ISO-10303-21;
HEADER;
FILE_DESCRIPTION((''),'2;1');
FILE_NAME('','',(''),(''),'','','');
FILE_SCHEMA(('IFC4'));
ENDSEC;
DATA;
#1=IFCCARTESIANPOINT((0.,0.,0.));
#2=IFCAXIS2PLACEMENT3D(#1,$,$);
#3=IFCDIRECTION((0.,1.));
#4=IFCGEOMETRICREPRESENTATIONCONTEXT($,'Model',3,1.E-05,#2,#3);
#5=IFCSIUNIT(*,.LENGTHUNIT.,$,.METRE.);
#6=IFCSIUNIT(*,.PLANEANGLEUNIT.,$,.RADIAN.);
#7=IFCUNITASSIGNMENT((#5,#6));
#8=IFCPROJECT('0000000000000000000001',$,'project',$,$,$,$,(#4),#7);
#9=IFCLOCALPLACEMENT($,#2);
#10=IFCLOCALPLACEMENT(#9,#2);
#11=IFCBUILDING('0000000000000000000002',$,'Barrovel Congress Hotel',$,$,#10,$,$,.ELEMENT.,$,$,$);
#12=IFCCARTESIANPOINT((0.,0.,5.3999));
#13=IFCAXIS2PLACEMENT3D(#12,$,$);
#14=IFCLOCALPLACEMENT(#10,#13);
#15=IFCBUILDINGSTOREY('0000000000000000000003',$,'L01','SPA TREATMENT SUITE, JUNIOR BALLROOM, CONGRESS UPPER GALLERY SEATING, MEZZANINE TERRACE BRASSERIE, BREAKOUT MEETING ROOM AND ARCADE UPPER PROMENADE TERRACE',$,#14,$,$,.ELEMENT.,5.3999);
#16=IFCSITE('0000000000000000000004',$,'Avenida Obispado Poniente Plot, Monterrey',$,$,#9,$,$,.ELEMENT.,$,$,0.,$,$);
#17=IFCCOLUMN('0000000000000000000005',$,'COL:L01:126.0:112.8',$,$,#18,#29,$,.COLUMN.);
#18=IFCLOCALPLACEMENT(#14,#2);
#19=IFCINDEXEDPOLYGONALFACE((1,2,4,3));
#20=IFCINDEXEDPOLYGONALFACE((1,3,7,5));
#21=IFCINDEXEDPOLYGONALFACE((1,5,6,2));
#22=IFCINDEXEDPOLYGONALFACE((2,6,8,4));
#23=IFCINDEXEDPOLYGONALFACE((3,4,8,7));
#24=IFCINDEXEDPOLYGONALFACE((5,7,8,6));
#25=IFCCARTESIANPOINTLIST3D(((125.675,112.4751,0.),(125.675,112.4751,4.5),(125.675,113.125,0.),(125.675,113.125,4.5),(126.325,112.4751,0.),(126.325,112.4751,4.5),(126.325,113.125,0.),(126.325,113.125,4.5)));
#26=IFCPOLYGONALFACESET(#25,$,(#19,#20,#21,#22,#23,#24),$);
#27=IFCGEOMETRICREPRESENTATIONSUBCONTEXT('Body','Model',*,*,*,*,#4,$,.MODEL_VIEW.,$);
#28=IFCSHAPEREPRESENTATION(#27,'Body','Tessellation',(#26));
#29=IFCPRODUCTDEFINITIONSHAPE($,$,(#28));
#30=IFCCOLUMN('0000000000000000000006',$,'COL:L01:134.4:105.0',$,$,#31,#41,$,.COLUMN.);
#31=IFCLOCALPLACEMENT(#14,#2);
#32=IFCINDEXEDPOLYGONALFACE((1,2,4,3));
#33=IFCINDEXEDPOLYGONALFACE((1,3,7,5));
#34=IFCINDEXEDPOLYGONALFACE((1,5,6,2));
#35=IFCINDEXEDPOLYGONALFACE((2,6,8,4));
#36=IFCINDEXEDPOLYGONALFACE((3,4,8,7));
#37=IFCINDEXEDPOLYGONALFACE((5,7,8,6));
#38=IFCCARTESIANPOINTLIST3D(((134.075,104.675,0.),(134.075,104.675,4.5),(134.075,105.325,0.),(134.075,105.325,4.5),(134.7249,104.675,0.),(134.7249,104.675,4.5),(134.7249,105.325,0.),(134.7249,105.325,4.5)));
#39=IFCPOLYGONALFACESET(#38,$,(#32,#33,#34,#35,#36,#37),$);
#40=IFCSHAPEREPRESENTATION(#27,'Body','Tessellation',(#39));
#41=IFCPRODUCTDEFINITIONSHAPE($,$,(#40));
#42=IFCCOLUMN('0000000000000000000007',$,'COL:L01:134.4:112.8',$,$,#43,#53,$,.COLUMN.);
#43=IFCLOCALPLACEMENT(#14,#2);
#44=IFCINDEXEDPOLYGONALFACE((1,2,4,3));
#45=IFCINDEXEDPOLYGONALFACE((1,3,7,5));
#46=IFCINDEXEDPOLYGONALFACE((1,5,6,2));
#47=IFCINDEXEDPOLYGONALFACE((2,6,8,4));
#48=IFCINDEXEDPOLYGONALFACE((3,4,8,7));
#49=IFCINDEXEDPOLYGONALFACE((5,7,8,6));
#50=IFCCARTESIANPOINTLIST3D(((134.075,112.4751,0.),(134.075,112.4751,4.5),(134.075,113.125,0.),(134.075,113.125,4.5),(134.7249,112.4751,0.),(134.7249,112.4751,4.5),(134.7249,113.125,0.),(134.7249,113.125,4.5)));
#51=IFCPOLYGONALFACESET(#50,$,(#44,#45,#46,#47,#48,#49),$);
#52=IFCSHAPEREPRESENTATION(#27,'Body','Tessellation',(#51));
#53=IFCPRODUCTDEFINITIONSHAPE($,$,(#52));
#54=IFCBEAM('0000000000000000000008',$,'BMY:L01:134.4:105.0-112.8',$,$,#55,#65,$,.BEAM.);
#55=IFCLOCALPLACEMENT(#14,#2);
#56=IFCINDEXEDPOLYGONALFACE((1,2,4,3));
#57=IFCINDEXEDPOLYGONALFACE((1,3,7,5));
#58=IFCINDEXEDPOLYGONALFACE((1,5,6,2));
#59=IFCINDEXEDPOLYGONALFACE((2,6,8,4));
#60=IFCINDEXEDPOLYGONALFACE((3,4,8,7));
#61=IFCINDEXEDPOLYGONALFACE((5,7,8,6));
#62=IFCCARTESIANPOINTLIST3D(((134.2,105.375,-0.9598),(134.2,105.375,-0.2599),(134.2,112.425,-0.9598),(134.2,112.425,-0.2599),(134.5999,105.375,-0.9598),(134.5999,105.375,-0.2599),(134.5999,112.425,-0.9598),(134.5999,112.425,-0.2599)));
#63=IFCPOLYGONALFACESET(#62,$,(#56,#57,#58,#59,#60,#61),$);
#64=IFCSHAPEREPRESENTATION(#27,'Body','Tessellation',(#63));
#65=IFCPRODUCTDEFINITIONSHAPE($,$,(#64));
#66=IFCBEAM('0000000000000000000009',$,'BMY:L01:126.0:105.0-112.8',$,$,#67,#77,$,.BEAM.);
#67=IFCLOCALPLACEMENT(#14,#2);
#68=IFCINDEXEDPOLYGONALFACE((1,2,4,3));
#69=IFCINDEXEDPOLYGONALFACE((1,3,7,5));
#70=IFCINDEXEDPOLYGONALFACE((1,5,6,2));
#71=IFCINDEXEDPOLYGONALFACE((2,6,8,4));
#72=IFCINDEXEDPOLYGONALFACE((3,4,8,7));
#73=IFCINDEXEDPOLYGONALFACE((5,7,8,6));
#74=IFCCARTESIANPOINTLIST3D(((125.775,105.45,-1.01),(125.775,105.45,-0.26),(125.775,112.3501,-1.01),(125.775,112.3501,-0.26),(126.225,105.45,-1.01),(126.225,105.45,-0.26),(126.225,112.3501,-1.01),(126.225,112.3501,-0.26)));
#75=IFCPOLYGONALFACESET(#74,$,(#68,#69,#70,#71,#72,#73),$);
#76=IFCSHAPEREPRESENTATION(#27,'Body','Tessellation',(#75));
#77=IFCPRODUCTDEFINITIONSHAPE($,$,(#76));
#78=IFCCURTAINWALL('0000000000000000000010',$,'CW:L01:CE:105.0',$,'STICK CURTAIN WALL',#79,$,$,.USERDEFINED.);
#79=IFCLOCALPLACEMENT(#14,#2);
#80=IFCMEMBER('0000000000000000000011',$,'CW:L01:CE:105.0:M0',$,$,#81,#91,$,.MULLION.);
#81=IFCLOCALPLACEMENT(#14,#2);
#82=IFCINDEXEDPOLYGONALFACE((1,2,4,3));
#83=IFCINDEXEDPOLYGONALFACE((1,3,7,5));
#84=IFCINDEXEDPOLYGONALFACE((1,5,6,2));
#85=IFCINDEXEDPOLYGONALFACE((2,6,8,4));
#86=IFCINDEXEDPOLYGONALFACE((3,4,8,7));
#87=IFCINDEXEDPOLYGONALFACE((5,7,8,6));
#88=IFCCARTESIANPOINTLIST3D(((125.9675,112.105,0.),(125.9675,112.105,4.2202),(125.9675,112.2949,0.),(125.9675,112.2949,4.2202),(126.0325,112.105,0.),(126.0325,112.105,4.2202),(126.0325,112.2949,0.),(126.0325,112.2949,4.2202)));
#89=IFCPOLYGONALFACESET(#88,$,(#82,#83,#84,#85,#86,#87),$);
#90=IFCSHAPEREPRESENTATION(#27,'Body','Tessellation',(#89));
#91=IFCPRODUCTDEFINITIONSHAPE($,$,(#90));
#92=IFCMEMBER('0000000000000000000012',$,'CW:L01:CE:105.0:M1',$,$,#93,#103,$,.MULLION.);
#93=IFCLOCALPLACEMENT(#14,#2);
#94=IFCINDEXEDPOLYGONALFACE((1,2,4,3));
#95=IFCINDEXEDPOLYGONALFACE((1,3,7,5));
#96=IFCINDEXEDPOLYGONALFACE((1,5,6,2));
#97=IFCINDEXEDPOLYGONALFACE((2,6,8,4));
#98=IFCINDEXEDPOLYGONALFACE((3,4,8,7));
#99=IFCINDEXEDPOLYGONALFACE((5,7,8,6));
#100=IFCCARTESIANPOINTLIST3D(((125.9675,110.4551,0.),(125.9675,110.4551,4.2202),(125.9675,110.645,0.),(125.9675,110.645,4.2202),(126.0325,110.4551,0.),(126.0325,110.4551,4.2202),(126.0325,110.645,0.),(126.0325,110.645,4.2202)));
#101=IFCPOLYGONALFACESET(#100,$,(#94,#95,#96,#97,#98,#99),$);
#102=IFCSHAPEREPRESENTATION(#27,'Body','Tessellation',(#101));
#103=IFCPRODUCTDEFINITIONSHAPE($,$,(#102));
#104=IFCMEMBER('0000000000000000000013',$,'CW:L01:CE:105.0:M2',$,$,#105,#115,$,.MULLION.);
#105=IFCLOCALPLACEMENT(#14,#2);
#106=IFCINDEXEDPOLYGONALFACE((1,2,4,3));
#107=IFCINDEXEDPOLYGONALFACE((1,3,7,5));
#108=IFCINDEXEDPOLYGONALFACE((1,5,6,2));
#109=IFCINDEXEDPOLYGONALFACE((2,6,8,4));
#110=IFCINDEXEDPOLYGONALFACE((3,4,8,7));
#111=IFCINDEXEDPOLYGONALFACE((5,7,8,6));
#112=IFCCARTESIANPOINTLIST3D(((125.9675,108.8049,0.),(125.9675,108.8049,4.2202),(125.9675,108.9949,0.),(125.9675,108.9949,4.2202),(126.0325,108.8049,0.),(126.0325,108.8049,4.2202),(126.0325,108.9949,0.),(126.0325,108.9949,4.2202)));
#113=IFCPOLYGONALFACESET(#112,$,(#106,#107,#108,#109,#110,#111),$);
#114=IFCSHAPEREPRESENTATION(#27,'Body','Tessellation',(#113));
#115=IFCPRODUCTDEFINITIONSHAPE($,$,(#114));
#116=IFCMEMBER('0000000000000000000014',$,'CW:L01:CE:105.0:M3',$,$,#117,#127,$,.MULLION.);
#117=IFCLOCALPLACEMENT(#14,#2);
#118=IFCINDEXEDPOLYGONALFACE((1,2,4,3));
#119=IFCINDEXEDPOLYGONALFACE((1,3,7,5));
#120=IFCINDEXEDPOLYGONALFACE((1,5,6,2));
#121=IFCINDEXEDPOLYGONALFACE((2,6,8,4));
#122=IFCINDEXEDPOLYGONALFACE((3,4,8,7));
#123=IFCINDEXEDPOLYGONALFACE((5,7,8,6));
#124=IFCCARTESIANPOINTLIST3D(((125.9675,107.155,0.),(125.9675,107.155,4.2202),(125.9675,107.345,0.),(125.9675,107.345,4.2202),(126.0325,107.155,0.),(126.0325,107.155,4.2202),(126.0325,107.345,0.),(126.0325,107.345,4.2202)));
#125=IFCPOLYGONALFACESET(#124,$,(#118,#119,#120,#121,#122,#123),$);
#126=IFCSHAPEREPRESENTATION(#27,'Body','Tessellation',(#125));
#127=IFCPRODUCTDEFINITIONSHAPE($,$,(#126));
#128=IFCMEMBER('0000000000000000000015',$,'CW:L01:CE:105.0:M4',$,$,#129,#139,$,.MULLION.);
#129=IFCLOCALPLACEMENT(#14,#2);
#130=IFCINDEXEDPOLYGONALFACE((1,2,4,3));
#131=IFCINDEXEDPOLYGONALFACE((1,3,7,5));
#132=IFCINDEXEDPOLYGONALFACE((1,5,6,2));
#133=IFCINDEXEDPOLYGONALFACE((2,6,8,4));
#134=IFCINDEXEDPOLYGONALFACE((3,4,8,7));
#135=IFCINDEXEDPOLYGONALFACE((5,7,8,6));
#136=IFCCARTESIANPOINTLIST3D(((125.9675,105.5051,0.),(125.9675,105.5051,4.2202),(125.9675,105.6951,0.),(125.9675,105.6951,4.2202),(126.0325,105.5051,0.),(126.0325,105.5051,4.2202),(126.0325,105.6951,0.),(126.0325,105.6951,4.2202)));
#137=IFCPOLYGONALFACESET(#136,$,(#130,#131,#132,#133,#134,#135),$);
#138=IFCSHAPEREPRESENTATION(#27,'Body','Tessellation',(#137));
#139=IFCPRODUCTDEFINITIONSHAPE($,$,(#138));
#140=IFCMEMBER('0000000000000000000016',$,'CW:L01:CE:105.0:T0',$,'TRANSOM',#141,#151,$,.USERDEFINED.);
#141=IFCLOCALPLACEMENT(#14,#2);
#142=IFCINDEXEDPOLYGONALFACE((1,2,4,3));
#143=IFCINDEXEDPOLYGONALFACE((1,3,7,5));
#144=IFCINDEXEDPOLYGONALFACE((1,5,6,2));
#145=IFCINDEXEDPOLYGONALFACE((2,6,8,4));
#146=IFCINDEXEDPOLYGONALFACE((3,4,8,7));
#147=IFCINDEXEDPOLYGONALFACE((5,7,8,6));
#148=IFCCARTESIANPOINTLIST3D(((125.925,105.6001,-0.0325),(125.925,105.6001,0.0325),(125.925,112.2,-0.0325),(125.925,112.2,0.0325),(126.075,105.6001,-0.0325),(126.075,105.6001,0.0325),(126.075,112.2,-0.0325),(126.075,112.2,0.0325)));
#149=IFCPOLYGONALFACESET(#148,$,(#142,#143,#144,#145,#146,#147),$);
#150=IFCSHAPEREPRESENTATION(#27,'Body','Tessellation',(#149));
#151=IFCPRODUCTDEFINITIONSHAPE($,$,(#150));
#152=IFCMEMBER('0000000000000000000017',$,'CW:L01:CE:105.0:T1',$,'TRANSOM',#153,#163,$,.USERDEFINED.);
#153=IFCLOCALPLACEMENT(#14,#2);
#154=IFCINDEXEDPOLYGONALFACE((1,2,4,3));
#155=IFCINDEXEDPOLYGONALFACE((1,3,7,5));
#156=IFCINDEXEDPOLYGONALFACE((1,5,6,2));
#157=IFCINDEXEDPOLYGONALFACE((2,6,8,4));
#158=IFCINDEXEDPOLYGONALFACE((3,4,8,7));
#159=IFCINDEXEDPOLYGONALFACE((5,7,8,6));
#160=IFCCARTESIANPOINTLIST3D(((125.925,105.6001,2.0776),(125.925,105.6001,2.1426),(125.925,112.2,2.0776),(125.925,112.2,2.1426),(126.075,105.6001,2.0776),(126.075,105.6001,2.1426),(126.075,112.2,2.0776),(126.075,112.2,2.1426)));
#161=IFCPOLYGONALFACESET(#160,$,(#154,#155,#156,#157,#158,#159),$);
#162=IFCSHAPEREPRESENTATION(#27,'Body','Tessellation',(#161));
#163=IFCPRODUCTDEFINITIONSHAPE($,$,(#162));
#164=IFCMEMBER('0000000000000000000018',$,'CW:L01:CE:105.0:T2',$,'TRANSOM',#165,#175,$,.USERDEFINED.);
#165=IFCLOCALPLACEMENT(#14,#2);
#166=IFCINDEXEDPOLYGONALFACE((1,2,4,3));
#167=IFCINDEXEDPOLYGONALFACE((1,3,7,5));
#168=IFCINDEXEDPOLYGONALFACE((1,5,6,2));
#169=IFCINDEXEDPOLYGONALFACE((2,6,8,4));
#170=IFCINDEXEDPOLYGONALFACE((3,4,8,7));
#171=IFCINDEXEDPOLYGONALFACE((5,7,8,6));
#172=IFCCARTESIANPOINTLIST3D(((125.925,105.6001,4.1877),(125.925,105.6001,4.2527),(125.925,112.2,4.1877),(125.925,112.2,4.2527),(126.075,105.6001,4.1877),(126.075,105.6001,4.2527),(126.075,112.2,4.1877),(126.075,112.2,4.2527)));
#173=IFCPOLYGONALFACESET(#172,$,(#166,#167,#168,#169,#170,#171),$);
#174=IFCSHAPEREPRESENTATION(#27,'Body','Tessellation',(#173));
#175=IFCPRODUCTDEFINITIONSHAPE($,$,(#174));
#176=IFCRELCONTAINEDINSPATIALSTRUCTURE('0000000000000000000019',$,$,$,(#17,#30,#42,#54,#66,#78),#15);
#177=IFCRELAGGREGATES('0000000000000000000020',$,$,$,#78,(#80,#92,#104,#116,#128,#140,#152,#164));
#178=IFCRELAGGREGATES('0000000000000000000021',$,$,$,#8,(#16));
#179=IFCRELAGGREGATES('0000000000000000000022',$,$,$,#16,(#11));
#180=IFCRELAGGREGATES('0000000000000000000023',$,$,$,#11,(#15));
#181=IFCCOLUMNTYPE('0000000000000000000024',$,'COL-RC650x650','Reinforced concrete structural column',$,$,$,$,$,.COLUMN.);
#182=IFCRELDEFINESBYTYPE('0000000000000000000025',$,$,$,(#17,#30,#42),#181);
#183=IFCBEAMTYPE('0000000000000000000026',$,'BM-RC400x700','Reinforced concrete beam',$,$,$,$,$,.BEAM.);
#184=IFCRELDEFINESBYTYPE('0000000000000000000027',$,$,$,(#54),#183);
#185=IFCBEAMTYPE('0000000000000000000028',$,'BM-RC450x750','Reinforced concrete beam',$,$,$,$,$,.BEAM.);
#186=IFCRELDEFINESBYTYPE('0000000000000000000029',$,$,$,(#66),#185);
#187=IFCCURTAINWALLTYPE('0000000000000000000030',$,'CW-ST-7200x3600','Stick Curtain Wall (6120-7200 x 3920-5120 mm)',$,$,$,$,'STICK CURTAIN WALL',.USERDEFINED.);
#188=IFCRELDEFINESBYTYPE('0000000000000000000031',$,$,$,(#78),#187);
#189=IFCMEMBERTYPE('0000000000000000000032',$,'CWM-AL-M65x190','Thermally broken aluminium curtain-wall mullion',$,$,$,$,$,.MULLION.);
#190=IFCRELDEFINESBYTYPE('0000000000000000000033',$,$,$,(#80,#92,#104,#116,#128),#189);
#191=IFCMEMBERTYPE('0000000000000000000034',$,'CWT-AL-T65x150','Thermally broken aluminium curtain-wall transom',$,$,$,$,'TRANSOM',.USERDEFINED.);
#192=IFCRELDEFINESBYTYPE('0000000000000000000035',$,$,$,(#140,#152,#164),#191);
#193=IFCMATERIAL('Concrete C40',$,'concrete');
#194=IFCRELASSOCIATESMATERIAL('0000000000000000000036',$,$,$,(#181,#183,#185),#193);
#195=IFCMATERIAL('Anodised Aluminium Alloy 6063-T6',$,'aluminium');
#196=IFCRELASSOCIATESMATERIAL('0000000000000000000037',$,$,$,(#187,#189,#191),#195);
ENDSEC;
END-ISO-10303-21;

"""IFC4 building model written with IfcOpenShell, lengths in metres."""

from ifc_helpers import new_model, si_unit, direction, frame, origin, origin_2d, place, context, subcontext, project, spatial, rectangle, extrude, material, material_profile, profile_set, type_object, element, aggregate, save


model = new_model("IFC4")

# Units and contexts
model_context = context("Model", 3, precision=1e-05, world=origin(), true_north=direction((0.0, 1.0)))
body_context = subcontext(model_context, "Body", "Model", "MODEL_VIEW")
ifc_project = project(units=[si_unit("LENGTHUNIT", "METRE"), si_unit("PLANEANGLEUNIT", "RADIAN")], contexts=[model_context])

# Site, building, storey
site_placement = place(None, origin())
site = spatial("IfcSite", under=ifc_project, at=site_placement, Name="Avenida Obispado Poniente Plot, Monterrey", CompositionType="ELEMENT", RefElevation=0.0)
building_placement = place(site_placement, origin())
building = spatial("IfcBuilding", under=site, at=building_placement, Name="Barrovel Congress Hotel", CompositionType="ELEMENT")
storey_placement = place(building_placement, frame((0.0, 0.0, 5.3999)))
storey = spatial("IfcBuildingStorey", under=building, at=storey_placement, Name="L01", Description="SPA TREATMENT SUITE, JUNIOR BALLROOM, CONGRESS UPPER GALLERY SEATING, MEZZANINE TERRACE BRASSERIE, BREAKOUT MEETING ROOM AND ARCADE UPPER PROMENADE TERRACE", CompositionType="ELEMENT", Elevation=5.3999)

# Columns
ifc_material_1 = material(Name="Concrete C40", Category="concrete")
ifc_material_profile_1 = material_profile(ifc_material_1, rectangle(XDim=0.6499, YDim=0.6499, at=origin_2d()), Name="RC650x650")
ifc_profile_set_1 = profile_set([ifc_material_profile_1], Name="Concrete C40")
column_type = type_object("IfcColumnType", Name="COL-RC650x650", Description="Reinforced concrete structural column", PredefinedType="COLUMN", material=ifc_profile_set_1)
for number, where, z_axis, x_axis, name in (
    (1, (126.0, 112.8, 0.0), (0.0, 0.0, 1.0), (1.0, 0.0, 0.0), "COL:L01:126.0:112.8"),
    (2, (134.3999, 105.0, 0.0), (0.0, 0.0, 1.0), (1.0, 0.0, 0.0), "COL:L01:134.4:105.0"),
    (3, (134.3999, 112.8, 0.0), (0.0, 0.0, 1.0), (1.0, 0.0, 0.0), "COL:L01:134.4:112.8"),
):
    element("IfcColumn", number, at=place(storey_placement, frame(where, z_axis=z_axis, x_axis=x_axis)), inside=storey, type_object=column_type, Name=name, PredefinedType="COLUMN", context=body_context, shape_type="SweptSolid", body=[
        extrude(rectangle(XDim=0.6499, YDim=0.6499, at=origin_2d()), origin(), (0.0, 0.0, 1.0), 4.5),
    ])

# Beams
ifc_material_profile_2 = material_profile(ifc_material_1, rectangle(XDim=0.3999, YDim=0.7, at=origin_2d()), Name="RC400x700")
ifc_profile_set_2 = profile_set([ifc_material_profile_2], Name="Concrete C40")
beam_type_1 = type_object("IfcBeamType", Name="BM-RC400x700", Description="Reinforced concrete beam", PredefinedType="BEAM", material=ifc_profile_set_2)
beam_1_placement = place(storey_placement, frame((134.3999, 105.375, -0.6099), z_axis=(0.0, 1.0, 0.0), x_axis=(-1.0, 0.0, 0.0)))
element("IfcBeam", 4, at=beam_1_placement, inside=storey, type_object=beam_type_1, Name="BMY:L01:134.4:105.0-112.8", PredefinedType="BEAM", context=body_context, shape_type="SweptSolid", body=[
    extrude(rectangle(XDim=0.3999, YDim=0.7, at=origin_2d()), origin(), (0.0, 0.0, 1.0), 7.05),
])
ifc_material_profile_3 = material_profile(ifc_material_1, rectangle(XDim=0.45, YDim=0.75, at=origin_2d()), Name="RC450x750")
ifc_profile_set_3 = profile_set([ifc_material_profile_3], Name="Concrete C40")
beam_type_2 = type_object("IfcBeamType", Name="BM-RC450x750", Description="Reinforced concrete beam", PredefinedType="BEAM", material=ifc_profile_set_3)
beam_2_placement = place(storey_placement, frame((126.0, 105.45, -0.635), z_axis=(0.0, 1.0, 0.0), x_axis=(-1.0, 0.0, 0.0)))
element("IfcBeam", 5, at=beam_2_placement, inside=storey, type_object=beam_type_2, Name="BMY:L01:126.0:105.0-112.8", PredefinedType="BEAM", context=body_context, shape_type="SweptSolid", body=[
    extrude(rectangle(XDim=0.45, YDim=0.75, at=origin_2d()), origin(), (0.0, 0.0, 1.0), 6.9001),
])

# Curtain wall, members
ifc_material_2 = material(Name="Anodised Aluminium Alloy 6063-T6", Category="aluminium")
curtain_wall_type = type_object("IfcCurtainWallType", Name="CW-ST-7200x3600", Description="Stick Curtain Wall (6120-7200 x 3920-5120 mm)", ElementType="STICK CURTAIN WALL", PredefinedType="USERDEFINED", material=ifc_material_2)
curtain_wall_placement = place(storey_placement, origin())
curtain_wall = element("IfcCurtainWall", 6, at=curtain_wall_placement, inside=storey, type_object=curtain_wall_type, Name="CW:L01:CE:105.0", ObjectType="STICK CURTAIN WALL", PredefinedType="USERDEFINED")
ifc_material_profile_4 = material_profile(ifc_material_2, rectangle(XDim=0.0649, YDim=0.1899, at=origin_2d()), Name="AL-M65x190")
ifc_profile_set_4 = profile_set([ifc_material_profile_4], Name="Anodised Aluminium Alloy 6063-T6")
member_type_1 = type_object("IfcMemberType", Name="CWM-AL-M65x190", Description="Thermally broken aluminium curtain-wall mullion", PredefinedType="MULLION", material=ifc_profile_set_4)
member_1_placement = place(storey_placement, frame((126.0, 112.2, 0.0), z_axis=(0.0, 0.0, 1.0), x_axis=(1.0, 0.0, 0.0)))
member_1 = element("IfcMember", 7, at=member_1_placement, type_object=member_type_1, Name="CW:L01:CE:105.0:M0", PredefinedType="MULLION", context=body_context, shape_type="SweptSolid", body=[
    extrude(rectangle(XDim=0.0649, YDim=0.1899, at=origin_2d()), origin(), (0.0, 0.0, 1.0), 4.2202),
])
member_2_placement = place(storey_placement, frame((126.0, 110.55, 0.0), z_axis=(0.0, 0.0, 1.0), x_axis=(1.0, 0.0, 0.0)))
member_2 = element("IfcMember", 8, at=member_2_placement, type_object=member_type_1, Name="CW:L01:CE:105.0:M1", PredefinedType="MULLION", context=body_context, shape_type="SweptSolid", body=[
    extrude(rectangle(XDim=0.0649, YDim=0.1899, at=origin_2d()), origin(), (0.0, 0.0, 1.0), 4.2202),
])
member_3_placement = place(storey_placement, frame((126.0, 108.8999, 0.0), z_axis=(0.0, 0.0, 1.0), x_axis=(1.0, 0.0, 0.0)))
member_3 = element("IfcMember", 9, at=member_3_placement, type_object=member_type_1, Name="CW:L01:CE:105.0:M2", PredefinedType="MULLION", context=body_context, shape_type="SweptSolid", body=[
    extrude(rectangle(XDim=0.0649, YDim=0.1899, at=origin_2d()), origin(), (0.0, 0.0, 1.0), 4.2202),
])
member_4_placement = place(storey_placement, frame((126.0, 107.25, 0.0), z_axis=(0.0, 0.0, 1.0), x_axis=(1.0, 0.0, 0.0)))
member_4 = element("IfcMember", 10, at=member_4_placement, type_object=member_type_1, Name="CW:L01:CE:105.0:M3", PredefinedType="MULLION", context=body_context, shape_type="SweptSolid", body=[
    extrude(rectangle(XDim=0.0649, YDim=0.1899, at=origin_2d()), origin(), (0.0, 0.0, 1.0), 4.2202),
])
member_5_placement = place(storey_placement, frame((126.0, 105.6001, 0.0), z_axis=(0.0, 0.0, 1.0), x_axis=(1.0, 0.0, 0.0)))
member_5 = element("IfcMember", 11, at=member_5_placement, type_object=member_type_1, Name="CW:L01:CE:105.0:M4", PredefinedType="MULLION", context=body_context, shape_type="SweptSolid", body=[
    extrude(rectangle(XDim=0.0649, YDim=0.1899, at=origin_2d()), origin(), (0.0, 0.0, 1.0), 4.2202),
])
ifc_material_profile_5 = material_profile(ifc_material_2, rectangle(XDim=0.1499, YDim=0.0649, at=origin_2d()), Name="AL-T65x150")
ifc_profile_set_5 = profile_set([ifc_material_profile_5], Name="Anodised Aluminium Alloy 6063-T6")
member_type_2 = type_object("IfcMemberType", Name="CWT-AL-T65x150", Description="Thermally broken aluminium curtain-wall transom", ElementType="TRANSOM", PredefinedType="USERDEFINED", material=ifc_profile_set_5)
member_6_placement = place(storey_placement, frame((126.0, 112.2, 0.0), z_axis=(0.0, -1.0, 0.0), x_axis=(1.0, 0.0, 0.0)))
member_6 = element("IfcMember", 12, at=member_6_placement, type_object=member_type_2, Name="CW:L01:CE:105.0:T0", ObjectType="TRANSOM", PredefinedType="USERDEFINED", context=body_context, shape_type="SweptSolid", body=[
    extrude(rectangle(XDim=0.1499, YDim=0.0649, at=origin_2d()), origin(), (0.0, 0.0, 1.0), 6.5999),
])
member_7_placement = place(storey_placement, frame((126.0, 112.2, 2.1101), z_axis=(0.0, -1.0, 0.0), x_axis=(1.0, 0.0, 0.0)))
member_7 = element("IfcMember", 13, at=member_7_placement, type_object=member_type_2, Name="CW:L01:CE:105.0:T1", ObjectType="TRANSOM", PredefinedType="USERDEFINED", context=body_context, shape_type="SweptSolid", body=[
    extrude(rectangle(XDim=0.1499, YDim=0.0649, at=origin_2d()), origin(), (0.0, 0.0, 1.0), 6.5999),
])
member_8_placement = place(storey_placement, frame((126.0, 112.2, 4.2202), z_axis=(0.0, -1.0, 0.0), x_axis=(1.0, 0.0, 0.0)))
member_8 = element("IfcMember", 14, at=member_8_placement, type_object=member_type_2, Name="CW:L01:CE:105.0:T2", ObjectType="TRANSOM", PredefinedType="USERDEFINED", context=body_context, shape_type="SweptSolid", body=[
    extrude(rectangle(XDim=0.1499, YDim=0.0649, at=origin_2d()), origin(), (0.0, 0.0, 1.0), 6.5999),
])

aggregate(curtain_wall, [member_1, member_2, member_3, member_4, member_5, member_6, member_7, member_8])

save(model, "model.ifc")
